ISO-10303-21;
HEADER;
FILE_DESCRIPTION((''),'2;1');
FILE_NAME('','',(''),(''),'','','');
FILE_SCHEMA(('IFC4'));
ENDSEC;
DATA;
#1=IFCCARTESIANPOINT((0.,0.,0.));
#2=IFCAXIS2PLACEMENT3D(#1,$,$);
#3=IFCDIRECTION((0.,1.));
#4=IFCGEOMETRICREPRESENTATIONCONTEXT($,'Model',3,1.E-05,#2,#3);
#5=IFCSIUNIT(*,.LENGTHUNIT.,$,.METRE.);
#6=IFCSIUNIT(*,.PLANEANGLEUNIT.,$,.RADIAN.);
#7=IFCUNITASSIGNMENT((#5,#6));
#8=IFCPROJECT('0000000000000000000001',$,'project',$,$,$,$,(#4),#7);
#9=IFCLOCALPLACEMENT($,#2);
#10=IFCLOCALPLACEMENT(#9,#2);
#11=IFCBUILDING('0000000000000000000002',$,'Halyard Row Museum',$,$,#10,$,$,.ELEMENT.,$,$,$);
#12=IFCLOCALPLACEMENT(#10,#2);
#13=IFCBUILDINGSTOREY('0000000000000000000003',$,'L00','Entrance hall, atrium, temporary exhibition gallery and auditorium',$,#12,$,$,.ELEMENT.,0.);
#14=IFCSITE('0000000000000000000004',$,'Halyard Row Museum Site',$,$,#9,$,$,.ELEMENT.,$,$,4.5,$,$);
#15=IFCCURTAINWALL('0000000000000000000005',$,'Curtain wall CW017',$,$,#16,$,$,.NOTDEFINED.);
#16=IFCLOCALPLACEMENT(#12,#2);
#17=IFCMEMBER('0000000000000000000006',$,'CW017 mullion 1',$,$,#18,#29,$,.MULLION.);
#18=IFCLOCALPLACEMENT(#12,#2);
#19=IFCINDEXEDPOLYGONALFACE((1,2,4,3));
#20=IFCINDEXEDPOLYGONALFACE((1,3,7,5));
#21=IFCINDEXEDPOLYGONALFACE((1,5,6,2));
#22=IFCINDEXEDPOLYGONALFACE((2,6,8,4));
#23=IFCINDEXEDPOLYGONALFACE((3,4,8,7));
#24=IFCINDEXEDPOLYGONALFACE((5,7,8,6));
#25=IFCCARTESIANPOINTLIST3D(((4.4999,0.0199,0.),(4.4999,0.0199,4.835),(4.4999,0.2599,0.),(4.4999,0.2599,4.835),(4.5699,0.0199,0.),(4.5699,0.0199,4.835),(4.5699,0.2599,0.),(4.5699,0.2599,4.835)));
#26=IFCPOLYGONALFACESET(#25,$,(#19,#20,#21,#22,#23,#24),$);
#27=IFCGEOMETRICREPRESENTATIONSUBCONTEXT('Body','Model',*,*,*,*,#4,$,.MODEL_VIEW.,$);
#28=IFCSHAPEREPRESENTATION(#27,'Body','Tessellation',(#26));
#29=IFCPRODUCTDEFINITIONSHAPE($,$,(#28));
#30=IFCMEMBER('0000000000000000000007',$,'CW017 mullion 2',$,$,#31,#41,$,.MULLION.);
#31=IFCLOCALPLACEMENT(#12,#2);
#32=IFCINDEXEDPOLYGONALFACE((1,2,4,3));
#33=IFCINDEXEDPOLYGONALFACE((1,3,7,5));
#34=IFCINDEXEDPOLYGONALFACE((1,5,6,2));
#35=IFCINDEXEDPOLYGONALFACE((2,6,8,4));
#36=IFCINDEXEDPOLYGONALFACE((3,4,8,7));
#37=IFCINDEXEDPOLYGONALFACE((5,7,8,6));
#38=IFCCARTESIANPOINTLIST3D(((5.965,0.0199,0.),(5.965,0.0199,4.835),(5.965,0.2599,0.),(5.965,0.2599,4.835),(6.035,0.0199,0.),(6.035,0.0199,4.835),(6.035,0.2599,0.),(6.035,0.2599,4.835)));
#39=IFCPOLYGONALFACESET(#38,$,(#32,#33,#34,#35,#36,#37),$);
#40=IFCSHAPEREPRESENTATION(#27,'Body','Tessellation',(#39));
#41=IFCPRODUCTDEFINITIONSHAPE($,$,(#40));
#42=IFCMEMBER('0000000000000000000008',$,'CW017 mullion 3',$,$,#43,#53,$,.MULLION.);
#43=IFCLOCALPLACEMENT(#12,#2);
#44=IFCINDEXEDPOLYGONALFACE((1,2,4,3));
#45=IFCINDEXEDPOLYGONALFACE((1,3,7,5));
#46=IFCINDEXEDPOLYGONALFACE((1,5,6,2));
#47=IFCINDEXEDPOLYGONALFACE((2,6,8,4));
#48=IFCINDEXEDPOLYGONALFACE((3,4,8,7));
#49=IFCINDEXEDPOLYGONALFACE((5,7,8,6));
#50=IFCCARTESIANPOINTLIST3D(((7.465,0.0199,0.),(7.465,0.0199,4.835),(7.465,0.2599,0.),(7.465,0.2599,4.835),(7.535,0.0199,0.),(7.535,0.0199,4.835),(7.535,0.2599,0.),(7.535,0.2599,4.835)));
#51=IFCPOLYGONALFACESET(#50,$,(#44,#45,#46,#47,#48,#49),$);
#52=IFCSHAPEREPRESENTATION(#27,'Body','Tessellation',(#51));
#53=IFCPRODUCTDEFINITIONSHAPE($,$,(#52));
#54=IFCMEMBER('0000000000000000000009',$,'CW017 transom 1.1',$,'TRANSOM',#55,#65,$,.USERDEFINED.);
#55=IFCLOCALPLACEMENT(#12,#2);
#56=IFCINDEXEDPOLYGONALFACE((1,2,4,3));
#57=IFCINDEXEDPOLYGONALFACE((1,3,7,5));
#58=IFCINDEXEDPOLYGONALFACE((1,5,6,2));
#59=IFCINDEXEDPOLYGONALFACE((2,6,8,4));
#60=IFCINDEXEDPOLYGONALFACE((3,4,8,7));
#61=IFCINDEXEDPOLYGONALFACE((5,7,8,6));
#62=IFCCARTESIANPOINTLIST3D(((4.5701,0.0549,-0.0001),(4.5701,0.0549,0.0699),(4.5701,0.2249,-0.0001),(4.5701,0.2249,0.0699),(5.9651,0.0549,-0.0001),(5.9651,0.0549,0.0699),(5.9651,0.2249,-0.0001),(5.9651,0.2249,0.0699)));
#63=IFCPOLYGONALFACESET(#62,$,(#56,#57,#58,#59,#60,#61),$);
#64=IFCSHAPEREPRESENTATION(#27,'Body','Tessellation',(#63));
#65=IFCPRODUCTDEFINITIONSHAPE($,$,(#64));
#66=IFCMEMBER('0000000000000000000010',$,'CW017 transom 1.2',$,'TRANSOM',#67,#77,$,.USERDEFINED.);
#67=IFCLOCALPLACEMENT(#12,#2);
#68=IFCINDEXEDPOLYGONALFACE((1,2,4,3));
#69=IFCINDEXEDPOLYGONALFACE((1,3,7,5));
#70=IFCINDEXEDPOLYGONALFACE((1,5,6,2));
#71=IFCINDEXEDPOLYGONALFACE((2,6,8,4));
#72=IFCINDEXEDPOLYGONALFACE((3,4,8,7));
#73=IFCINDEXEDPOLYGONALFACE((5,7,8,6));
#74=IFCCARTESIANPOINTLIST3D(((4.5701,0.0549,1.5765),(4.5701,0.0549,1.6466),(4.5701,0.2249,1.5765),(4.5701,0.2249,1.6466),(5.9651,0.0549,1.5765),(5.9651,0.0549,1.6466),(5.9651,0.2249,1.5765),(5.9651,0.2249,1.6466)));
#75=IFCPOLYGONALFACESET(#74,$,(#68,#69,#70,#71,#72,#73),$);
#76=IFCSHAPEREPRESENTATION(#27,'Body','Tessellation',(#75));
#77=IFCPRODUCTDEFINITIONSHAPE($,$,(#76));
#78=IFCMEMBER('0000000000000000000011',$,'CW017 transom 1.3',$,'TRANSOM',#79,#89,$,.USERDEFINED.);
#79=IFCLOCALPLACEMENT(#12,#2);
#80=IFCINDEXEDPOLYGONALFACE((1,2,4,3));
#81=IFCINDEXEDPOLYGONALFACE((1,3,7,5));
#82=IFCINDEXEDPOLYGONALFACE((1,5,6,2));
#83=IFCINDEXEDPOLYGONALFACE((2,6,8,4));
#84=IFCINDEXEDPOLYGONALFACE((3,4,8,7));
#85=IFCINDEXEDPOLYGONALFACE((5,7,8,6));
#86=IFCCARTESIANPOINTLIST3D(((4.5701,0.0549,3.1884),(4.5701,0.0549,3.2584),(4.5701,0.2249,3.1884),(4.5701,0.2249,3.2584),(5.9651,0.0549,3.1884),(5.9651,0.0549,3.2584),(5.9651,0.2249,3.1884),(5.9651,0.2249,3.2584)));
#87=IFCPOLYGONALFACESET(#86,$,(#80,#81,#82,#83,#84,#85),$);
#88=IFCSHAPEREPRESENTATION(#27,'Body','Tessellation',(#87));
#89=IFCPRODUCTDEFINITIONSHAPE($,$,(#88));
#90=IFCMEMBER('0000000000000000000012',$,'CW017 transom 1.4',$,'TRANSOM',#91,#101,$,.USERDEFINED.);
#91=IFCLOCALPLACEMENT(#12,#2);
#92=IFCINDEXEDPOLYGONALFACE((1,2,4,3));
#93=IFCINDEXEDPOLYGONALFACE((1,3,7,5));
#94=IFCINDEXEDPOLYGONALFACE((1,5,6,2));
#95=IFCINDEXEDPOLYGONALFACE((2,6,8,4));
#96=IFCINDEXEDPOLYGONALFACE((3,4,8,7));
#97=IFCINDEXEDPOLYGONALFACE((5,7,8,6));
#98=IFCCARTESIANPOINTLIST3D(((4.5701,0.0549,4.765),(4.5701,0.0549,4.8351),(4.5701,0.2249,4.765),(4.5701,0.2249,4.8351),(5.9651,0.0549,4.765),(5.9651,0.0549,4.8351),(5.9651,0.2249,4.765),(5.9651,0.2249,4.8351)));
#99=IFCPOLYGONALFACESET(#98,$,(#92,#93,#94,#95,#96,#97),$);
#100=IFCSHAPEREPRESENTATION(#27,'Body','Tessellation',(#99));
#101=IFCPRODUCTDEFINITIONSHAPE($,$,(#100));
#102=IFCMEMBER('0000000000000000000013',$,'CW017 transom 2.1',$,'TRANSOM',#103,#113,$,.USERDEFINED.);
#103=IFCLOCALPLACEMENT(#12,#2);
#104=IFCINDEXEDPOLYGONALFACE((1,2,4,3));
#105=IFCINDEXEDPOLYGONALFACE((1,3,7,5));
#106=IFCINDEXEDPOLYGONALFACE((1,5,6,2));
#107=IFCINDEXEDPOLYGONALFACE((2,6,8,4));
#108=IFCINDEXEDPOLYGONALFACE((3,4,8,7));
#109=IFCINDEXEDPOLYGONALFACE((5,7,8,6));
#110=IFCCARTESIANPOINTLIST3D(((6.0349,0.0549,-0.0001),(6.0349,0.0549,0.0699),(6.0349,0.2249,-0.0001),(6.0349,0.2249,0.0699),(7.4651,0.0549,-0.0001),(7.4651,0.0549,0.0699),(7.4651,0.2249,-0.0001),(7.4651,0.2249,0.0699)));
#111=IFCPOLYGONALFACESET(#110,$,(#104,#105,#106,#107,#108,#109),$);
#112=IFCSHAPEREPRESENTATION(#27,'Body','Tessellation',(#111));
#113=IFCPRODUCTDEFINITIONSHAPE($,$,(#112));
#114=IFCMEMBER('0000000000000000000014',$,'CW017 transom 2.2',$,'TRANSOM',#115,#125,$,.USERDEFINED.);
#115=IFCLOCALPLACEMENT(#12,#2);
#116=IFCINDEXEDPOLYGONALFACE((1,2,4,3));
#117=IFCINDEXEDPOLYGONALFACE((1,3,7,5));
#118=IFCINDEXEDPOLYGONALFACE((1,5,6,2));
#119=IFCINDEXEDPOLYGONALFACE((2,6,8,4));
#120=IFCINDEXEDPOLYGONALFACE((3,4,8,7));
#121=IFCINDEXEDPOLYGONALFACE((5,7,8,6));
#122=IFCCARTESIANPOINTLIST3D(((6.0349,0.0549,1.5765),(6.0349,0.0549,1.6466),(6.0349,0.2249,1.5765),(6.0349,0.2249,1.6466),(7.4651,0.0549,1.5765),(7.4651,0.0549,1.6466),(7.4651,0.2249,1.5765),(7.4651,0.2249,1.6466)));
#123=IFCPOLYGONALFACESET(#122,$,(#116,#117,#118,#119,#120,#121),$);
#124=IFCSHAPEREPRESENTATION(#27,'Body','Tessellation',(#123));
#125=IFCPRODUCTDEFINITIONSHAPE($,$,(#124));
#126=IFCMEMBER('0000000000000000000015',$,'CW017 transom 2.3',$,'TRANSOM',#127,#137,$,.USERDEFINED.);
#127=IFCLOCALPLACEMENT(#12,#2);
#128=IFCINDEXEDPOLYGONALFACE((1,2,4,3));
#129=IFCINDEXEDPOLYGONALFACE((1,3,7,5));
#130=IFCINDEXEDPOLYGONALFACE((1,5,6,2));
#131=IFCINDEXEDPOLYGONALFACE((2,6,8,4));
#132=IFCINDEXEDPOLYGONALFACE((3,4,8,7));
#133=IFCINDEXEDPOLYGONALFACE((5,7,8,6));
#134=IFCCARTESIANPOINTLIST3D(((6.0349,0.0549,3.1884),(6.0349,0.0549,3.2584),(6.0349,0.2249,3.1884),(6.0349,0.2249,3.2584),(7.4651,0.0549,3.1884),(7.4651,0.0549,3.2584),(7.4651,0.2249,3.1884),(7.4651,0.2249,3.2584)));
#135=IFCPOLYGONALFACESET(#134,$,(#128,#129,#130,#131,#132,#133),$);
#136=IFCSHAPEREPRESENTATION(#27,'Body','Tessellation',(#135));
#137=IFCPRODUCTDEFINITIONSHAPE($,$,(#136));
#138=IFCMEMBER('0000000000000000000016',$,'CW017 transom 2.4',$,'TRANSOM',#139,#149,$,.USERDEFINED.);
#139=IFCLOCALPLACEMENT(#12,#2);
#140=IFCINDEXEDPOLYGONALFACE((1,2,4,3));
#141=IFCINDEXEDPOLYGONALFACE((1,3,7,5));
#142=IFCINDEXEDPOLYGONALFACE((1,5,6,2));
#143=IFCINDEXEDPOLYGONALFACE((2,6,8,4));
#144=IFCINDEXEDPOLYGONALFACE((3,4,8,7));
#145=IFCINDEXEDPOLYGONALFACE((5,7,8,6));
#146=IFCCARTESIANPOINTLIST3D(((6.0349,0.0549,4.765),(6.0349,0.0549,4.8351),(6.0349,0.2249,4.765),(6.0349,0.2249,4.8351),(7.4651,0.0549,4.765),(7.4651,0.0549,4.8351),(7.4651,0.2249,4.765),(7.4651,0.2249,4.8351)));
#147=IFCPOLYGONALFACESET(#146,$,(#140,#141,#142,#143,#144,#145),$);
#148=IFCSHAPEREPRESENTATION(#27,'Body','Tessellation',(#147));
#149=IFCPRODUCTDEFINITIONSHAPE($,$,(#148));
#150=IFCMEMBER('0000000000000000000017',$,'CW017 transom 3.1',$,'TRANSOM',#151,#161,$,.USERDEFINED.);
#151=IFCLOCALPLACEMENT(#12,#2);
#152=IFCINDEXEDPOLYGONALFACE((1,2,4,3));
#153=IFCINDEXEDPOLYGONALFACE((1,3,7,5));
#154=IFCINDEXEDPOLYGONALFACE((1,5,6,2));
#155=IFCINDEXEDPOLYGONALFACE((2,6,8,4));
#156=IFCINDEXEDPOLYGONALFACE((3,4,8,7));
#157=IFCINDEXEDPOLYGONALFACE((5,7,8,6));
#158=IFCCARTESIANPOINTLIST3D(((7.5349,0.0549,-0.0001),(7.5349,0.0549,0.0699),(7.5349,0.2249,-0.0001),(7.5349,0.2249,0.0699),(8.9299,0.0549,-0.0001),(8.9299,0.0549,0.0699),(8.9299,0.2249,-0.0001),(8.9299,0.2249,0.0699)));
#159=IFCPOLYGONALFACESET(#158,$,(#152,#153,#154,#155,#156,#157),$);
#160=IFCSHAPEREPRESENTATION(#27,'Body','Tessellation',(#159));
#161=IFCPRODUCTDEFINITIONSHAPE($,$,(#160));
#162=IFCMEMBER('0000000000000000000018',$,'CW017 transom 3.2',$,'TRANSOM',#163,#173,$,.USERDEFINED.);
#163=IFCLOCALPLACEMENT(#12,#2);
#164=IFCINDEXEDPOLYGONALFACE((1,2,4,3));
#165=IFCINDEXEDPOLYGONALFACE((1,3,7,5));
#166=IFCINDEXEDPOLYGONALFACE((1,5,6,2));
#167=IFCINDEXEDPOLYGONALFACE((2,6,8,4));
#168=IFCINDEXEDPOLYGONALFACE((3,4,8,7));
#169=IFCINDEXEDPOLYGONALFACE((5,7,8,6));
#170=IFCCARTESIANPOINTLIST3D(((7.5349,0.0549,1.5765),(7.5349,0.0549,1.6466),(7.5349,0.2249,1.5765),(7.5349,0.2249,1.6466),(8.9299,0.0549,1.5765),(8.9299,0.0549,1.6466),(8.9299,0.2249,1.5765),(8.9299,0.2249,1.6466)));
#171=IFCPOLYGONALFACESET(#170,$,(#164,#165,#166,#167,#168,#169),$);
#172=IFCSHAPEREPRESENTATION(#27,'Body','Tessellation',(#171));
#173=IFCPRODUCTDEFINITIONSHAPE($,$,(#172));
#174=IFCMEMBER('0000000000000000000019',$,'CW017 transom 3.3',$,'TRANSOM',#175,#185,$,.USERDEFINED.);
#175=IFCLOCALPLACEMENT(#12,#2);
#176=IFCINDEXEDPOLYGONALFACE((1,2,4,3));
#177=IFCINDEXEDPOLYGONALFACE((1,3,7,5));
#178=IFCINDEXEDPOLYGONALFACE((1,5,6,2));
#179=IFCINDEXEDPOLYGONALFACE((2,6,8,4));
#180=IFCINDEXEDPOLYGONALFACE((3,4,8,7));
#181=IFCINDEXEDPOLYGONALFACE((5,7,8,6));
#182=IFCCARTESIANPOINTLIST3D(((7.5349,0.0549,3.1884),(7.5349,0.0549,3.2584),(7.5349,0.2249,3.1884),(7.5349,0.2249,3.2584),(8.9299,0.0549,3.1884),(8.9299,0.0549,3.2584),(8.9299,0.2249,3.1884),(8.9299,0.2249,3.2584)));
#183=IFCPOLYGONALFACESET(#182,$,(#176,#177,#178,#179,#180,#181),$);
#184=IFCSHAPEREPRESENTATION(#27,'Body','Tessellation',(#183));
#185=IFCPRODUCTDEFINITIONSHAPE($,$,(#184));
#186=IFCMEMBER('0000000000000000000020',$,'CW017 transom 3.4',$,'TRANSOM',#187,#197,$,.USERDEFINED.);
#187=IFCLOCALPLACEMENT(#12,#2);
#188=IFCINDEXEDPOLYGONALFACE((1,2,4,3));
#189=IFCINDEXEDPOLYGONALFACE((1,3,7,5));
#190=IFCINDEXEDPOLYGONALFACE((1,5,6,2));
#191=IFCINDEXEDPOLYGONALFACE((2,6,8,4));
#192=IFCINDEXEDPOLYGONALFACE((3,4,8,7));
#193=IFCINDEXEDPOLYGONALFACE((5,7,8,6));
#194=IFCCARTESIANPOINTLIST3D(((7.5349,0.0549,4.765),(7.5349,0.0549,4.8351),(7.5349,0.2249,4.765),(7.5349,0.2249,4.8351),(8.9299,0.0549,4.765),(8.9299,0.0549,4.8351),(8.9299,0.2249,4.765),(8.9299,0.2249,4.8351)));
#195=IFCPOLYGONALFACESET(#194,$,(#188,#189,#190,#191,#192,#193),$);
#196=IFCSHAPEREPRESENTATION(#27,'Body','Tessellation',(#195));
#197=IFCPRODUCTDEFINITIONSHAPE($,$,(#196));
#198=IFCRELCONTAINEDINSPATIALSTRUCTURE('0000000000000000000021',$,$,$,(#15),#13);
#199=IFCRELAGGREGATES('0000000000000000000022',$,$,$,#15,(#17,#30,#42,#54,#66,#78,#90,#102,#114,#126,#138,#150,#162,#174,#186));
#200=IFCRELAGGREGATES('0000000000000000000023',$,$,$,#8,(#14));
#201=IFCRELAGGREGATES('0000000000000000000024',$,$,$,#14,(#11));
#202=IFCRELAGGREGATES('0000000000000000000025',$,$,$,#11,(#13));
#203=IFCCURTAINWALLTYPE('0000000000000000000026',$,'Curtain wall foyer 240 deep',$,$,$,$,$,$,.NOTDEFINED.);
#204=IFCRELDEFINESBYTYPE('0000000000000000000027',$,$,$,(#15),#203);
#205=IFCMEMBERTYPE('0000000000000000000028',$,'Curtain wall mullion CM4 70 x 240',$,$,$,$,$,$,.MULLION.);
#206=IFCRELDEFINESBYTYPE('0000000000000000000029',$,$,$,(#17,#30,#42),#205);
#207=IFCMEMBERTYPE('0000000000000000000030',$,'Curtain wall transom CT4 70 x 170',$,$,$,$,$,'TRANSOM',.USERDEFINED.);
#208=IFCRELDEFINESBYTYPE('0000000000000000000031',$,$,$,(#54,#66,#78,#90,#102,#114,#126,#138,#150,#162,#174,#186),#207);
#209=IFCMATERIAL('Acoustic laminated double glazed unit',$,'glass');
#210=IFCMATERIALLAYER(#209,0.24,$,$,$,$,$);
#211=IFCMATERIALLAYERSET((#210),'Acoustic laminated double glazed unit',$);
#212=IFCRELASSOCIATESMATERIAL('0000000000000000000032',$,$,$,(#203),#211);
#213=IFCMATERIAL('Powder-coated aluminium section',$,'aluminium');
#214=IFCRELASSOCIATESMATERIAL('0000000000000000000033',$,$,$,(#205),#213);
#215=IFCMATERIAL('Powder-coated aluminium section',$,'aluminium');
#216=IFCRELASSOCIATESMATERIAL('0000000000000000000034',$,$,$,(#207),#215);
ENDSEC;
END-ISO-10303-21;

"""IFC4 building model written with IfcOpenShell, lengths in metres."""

from ifc_helpers import new_model, si_unit, direction, frame, origin, origin_2d, place, context, subcontext, project, spatial, rectangle, extrude, material, layer, layer_set, material_profile, profile_set, type_object, element, aggregate, save


model = new_model("IFC4")

# Units and contexts
model_context = context("Model", 3, precision=1e-05, world=origin(), true_north=direction((0.0, 1.0)))
body_context = subcontext(model_context, "Body", "Model", "MODEL_VIEW")
ifc_project = project(units=[si_unit("LENGTHUNIT", "METRE"), si_unit("PLANEANGLEUNIT", "RADIAN")], contexts=[model_context])

# Site, building, storey
site_placement = place(None, origin())
site = spatial("IfcSite", under=ifc_project, at=site_placement, Name="Halyard Row Museum Site", CompositionType="ELEMENT", RefElevation=4.5)
building_placement = place(site_placement, origin())
building = spatial("IfcBuilding", under=site, at=building_placement, Name="Halyard Row Museum", CompositionType="ELEMENT")
storey_placement = place(building_placement, origin())
storey = spatial("IfcBuildingStorey", under=building, at=storey_placement, Name="L00", Description="Entrance hall, atrium, temporary exhibition gallery and auditorium", CompositionType="ELEMENT", Elevation=0.0)

# Curtain wall, members
ifc_material_1 = material(Name="Acoustic laminated double glazed unit", Category="glass")
ifc_layer_1 = layer(ifc_material_1, 0.24)
ifc_layer_set_1 = layer_set([ifc_layer_1], Name="Acoustic laminated double glazed unit")
curtain_wall_type = type_object("IfcCurtainWallType", Name="Curtain wall foyer 240 deep", PredefinedType="NOTDEFINED", material=ifc_layer_set_1)
curtain_wall_placement = place(storey_placement, origin())
curtain_wall = element("IfcCurtainWall", 1, at=curtain_wall_placement, inside=storey, type_object=curtain_wall_type, Name="Curtain wall CW017", PredefinedType="NOTDEFINED")
ifc_material_2 = material(Name="Powder-coated aluminium section", Category="aluminium")
ifc_material_profile_1 = material_profile(ifc_material_2, rectangle(XDim=0.24, YDim=0.0701, at=origin_2d()), Name="240x70 mullion")
ifc_profile_set_1 = profile_set([ifc_material_profile_1], Name="Powder-coated aluminium section")
member_type_1 = type_object("IfcMemberType", Name="Curtain wall mullion CM4 70 x 240", PredefinedType="MULLION", material=ifc_profile_set_1)
member_1_placement = place(storey_placement, frame((4.5349, 0.1399, 0.0), z_axis=(0.0, 0.0, 1.0), x_axis=(0.0, 1.0, 0.0)))
member_1 = element("IfcMember", 2, at=member_1_placement, type_object=member_type_1, Name="CW017 mullion 1", PredefinedType="MULLION", context=body_context, shape_type="SweptSolid", body=[
    extrude(rectangle(XDim=0.24, YDim=0.0701, at=origin_2d()), origin(), (0.0, 0.0, 1.0), 4.835),
])
member_2_placement = place(storey_placement, frame((6.0, 0.1399, 0.0), z_axis=(0.0, 0.0, 1.0), x_axis=(0.0, 1.0, 0.0)))
member_2 = element("IfcMember", 3, at=member_2_placement, type_object=member_type_1, Name="CW017 mullion 2", PredefinedType="MULLION", context=body_context, shape_type="SweptSolid", body=[
    extrude(rectangle(XDim=0.24, YDim=0.0701, at=origin_2d()), origin(), (0.0, 0.0, 1.0), 4.835),
])
member_3_placement = place(storey_placement, frame((7.5, 0.1399, 0.0), z_axis=(0.0, 0.0, 1.0), x_axis=(0.0, 1.0, 0.0)))
member_3 = element("IfcMember", 4, at=member_3_placement, type_object=member_type_1, Name="CW017 mullion 3", PredefinedType="MULLION", context=body_context, shape_type="SweptSolid", body=[
    extrude(rectangle(XDim=0.24, YDim=0.0701, at=origin_2d()), origin(), (0.0, 0.0, 1.0), 4.835),
])
ifc_material_3 = material(Name="Powder-coated aluminium section", Category="aluminium")
ifc_material_profile_2 = material_profile(ifc_material_3, rectangle(XDim=0.1699, YDim=0.0701, at=origin_2d()), Name="170x70 transom")
ifc_profile_set_2 = profile_set([ifc_material_profile_2], Name="Powder-coated aluminium section")
member_type_2 = type_object("IfcMemberType", Name="Curtain wall transom CT4 70 x 170", ElementType="TRANSOM", PredefinedType="USERDEFINED", material=ifc_profile_set_2)
member_4_placement = place(storey_placement, frame((4.5701, 0.1399, 0.0349), z_axis=(1.0, 0.0, 0.0), x_axis=(0.0, 1.0, 0.0)))
member_4 = element("IfcMember", 5, at=member_4_placement, type_object=member_type_2, Name="CW017 transom 1.1", ObjectType="TRANSOM", PredefinedType="USERDEFINED", context=body_context, shape_type="SweptSolid", body=[
    extrude(rectangle(XDim=0.1699, YDim=0.0701, at=origin_2d()), origin(), (0.0, 0.0, 1.0), 1.395),
])
member_5_placement = place(storey_placement, frame((4.5701, 0.1399, 1.6116), z_axis=(1.0, 0.0, 0.0), x_axis=(0.0, 1.0, 0.0)))
member_5 = element("IfcMember", 6, at=member_5_placement, type_object=member_type_2, Name="CW017 transom 1.2", ObjectType="TRANSOM", PredefinedType="USERDEFINED", context=body_context, shape_type="SweptSolid", body=[
    extrude(rectangle(XDim=0.1699, YDim=0.0701, at=origin_2d()), origin(), (0.0, 0.0, 1.0), 1.395),
])
member_6_placement = place(storey_placement, frame((4.5701, 0.1399, 3.2234), z_axis=(1.0, 0.0, 0.0), x_axis=(0.0, 1.0, 0.0)))
member_6 = element("IfcMember", 7, at=member_6_placement, type_object=member_type_2, Name="CW017 transom 1.3", ObjectType="TRANSOM", PredefinedType="USERDEFINED", context=body_context, shape_type="SweptSolid", body=[
    extrude(rectangle(XDim=0.1699, YDim=0.0701, at=origin_2d()), origin(), (0.0, 0.0, 1.0), 1.395),
])
member_7_placement = place(storey_placement, frame((4.5701, 0.1399, 4.8), z_axis=(1.0, 0.0, 0.0), x_axis=(0.0, 1.0, 0.0)))
member_7 = element("IfcMember", 8, at=member_7_placement, type_object=member_type_2, Name="CW017 transom 1.4", ObjectType="TRANSOM", PredefinedType="USERDEFINED", context=body_context, shape_type="SweptSolid", body=[
    extrude(rectangle(XDim=0.1699, YDim=0.0701, at=origin_2d()), origin(), (0.0, 0.0, 1.0), 1.395),
])
member_8_placement = place(storey_placement, frame((6.0349, 0.1399, 0.0349), z_axis=(1.0, 0.0, 0.0), x_axis=(0.0, 1.0, 0.0)))
member_8 = element("IfcMember", 9, at=member_8_placement, type_object=member_type_2, Name="CW017 transom 2.1", ObjectType="TRANSOM", PredefinedType="USERDEFINED", context=body_context, shape_type="SweptSolid", body=[
    extrude(rectangle(XDim=0.1699, YDim=0.0701, at=origin_2d()), origin(), (0.0, 0.0, 1.0), 1.4302),
])
member_9_placement = place(storey_placement, frame((6.0349, 0.1399, 1.6116), z_axis=(1.0, 0.0, 0.0), x_axis=(0.0, 1.0, 0.0)))
member_9 = element("IfcMember", 10, at=member_9_placement, type_object=member_type_2, Name="CW017 transom 2.2", ObjectType="TRANSOM", PredefinedType="USERDEFINED", context=body_context, shape_type="SweptSolid", body=[
    extrude(rectangle(XDim=0.1699, YDim=0.0701, at=origin_2d()), origin(), (0.0, 0.0, 1.0), 1.4302),
])
member_10_placement = place(storey_placement, frame((6.0349, 0.1399, 3.2234), z_axis=(1.0, 0.0, 0.0), x_axis=(0.0, 1.0, 0.0)))
member_10 = element("IfcMember", 11, at=member_10_placement, type_object=member_type_2, Name="CW017 transom 2.3", ObjectType="TRANSOM", PredefinedType="USERDEFINED", context=body_context, shape_type="SweptSolid", body=[
    extrude(rectangle(XDim=0.1699, YDim=0.0701, at=origin_2d()), origin(), (0.0, 0.0, 1.0), 1.4302),
])
member_11_placement = place(storey_placement, frame((6.0349, 0.1399, 4.8), z_axis=(1.0, 0.0, 0.0), x_axis=(0.0, 1.0, 0.0)))
member_11 = element("IfcMember", 12, at=member_11_placement, type_object=member_type_2, Name="CW017 transom 2.4", ObjectType="TRANSOM", PredefinedType="USERDEFINED", context=body_context, shape_type="SweptSolid", body=[
    extrude(rectangle(XDim=0.1699, YDim=0.0701, at=origin_2d()), origin(), (0.0, 0.0, 1.0), 1.4302),
])
member_12_placement = place(storey_placement, frame((7.5349, 0.1399, 0.0349), z_axis=(1.0, 0.0, 0.0), x_axis=(0.0, 1.0, 0.0)))
member_12 = element("IfcMember", 13, at=member_12_placement, type_object=member_type_2, Name="CW017 transom 3.1", ObjectType="TRANSOM", PredefinedType="USERDEFINED", context=body_context, shape_type="SweptSolid", body=[
    extrude(rectangle(XDim=0.1699, YDim=0.0701, at=origin_2d()), origin(), (0.0, 0.0, 1.0), 1.395),
])
member_13_placement = place(storey_placement, frame((7.5349, 0.1399, 1.6116), z_axis=(1.0, 0.0, 0.0), x_axis=(0.0, 1.0, 0.0)))
member_13 = element("IfcMember", 14, at=member_13_placement, type_object=member_type_2, Name="CW017 transom 3.2", ObjectType="TRANSOM", PredefinedType="USERDEFINED", context=body_context, shape_type="SweptSolid", body=[
    extrude(rectangle(XDim=0.1699, YDim=0.0701, at=origin_2d()), origin(), (0.0, 0.0, 1.0), 1.395),
])
member_14_placement = place(storey_placement, frame((7.5349, 0.1399, 3.2234), z_axis=(1.0, 0.0, 0.0), x_axis=(0.0, 1.0, 0.0)))
member_14 = element("IfcMember", 15, at=member_14_placement, type_object=member_type_2, Name="CW017 transom 3.3", ObjectType="TRANSOM", PredefinedType="USERDEFINED", context=body_context, shape_type="SweptSolid", body=[
    extrude(rectangle(XDim=0.1699, YDim=0.0701, at=origin_2d()), origin(), (0.0, 0.0, 1.0), 1.395),
])
member_15_placement = place(storey_placement, frame((7.5349, 0.1399, 4.8), z_axis=(1.0, 0.0, 0.0), x_axis=(0.0, 1.0, 0.0)))
member_15 = element("IfcMember", 16, at=member_15_placement, type_object=member_type_2, Name="CW017 transom 3.4", ObjectType="TRANSOM", PredefinedType="USERDEFINED", context=body_context, shape_type="SweptSolid", body=[
    extrude(rectangle(XDim=0.1699, YDim=0.0701, at=origin_2d()), origin(), (0.0, 0.0, 1.0), 1.395),
])

aggregate(curtain_wall, [member_1, member_2, member_3, member_4, member_5, member_6, member_7, member_8, member_9, member_10, member_11, member_12, member_13, member_14, member_15])

save(model, "model.ifc")
